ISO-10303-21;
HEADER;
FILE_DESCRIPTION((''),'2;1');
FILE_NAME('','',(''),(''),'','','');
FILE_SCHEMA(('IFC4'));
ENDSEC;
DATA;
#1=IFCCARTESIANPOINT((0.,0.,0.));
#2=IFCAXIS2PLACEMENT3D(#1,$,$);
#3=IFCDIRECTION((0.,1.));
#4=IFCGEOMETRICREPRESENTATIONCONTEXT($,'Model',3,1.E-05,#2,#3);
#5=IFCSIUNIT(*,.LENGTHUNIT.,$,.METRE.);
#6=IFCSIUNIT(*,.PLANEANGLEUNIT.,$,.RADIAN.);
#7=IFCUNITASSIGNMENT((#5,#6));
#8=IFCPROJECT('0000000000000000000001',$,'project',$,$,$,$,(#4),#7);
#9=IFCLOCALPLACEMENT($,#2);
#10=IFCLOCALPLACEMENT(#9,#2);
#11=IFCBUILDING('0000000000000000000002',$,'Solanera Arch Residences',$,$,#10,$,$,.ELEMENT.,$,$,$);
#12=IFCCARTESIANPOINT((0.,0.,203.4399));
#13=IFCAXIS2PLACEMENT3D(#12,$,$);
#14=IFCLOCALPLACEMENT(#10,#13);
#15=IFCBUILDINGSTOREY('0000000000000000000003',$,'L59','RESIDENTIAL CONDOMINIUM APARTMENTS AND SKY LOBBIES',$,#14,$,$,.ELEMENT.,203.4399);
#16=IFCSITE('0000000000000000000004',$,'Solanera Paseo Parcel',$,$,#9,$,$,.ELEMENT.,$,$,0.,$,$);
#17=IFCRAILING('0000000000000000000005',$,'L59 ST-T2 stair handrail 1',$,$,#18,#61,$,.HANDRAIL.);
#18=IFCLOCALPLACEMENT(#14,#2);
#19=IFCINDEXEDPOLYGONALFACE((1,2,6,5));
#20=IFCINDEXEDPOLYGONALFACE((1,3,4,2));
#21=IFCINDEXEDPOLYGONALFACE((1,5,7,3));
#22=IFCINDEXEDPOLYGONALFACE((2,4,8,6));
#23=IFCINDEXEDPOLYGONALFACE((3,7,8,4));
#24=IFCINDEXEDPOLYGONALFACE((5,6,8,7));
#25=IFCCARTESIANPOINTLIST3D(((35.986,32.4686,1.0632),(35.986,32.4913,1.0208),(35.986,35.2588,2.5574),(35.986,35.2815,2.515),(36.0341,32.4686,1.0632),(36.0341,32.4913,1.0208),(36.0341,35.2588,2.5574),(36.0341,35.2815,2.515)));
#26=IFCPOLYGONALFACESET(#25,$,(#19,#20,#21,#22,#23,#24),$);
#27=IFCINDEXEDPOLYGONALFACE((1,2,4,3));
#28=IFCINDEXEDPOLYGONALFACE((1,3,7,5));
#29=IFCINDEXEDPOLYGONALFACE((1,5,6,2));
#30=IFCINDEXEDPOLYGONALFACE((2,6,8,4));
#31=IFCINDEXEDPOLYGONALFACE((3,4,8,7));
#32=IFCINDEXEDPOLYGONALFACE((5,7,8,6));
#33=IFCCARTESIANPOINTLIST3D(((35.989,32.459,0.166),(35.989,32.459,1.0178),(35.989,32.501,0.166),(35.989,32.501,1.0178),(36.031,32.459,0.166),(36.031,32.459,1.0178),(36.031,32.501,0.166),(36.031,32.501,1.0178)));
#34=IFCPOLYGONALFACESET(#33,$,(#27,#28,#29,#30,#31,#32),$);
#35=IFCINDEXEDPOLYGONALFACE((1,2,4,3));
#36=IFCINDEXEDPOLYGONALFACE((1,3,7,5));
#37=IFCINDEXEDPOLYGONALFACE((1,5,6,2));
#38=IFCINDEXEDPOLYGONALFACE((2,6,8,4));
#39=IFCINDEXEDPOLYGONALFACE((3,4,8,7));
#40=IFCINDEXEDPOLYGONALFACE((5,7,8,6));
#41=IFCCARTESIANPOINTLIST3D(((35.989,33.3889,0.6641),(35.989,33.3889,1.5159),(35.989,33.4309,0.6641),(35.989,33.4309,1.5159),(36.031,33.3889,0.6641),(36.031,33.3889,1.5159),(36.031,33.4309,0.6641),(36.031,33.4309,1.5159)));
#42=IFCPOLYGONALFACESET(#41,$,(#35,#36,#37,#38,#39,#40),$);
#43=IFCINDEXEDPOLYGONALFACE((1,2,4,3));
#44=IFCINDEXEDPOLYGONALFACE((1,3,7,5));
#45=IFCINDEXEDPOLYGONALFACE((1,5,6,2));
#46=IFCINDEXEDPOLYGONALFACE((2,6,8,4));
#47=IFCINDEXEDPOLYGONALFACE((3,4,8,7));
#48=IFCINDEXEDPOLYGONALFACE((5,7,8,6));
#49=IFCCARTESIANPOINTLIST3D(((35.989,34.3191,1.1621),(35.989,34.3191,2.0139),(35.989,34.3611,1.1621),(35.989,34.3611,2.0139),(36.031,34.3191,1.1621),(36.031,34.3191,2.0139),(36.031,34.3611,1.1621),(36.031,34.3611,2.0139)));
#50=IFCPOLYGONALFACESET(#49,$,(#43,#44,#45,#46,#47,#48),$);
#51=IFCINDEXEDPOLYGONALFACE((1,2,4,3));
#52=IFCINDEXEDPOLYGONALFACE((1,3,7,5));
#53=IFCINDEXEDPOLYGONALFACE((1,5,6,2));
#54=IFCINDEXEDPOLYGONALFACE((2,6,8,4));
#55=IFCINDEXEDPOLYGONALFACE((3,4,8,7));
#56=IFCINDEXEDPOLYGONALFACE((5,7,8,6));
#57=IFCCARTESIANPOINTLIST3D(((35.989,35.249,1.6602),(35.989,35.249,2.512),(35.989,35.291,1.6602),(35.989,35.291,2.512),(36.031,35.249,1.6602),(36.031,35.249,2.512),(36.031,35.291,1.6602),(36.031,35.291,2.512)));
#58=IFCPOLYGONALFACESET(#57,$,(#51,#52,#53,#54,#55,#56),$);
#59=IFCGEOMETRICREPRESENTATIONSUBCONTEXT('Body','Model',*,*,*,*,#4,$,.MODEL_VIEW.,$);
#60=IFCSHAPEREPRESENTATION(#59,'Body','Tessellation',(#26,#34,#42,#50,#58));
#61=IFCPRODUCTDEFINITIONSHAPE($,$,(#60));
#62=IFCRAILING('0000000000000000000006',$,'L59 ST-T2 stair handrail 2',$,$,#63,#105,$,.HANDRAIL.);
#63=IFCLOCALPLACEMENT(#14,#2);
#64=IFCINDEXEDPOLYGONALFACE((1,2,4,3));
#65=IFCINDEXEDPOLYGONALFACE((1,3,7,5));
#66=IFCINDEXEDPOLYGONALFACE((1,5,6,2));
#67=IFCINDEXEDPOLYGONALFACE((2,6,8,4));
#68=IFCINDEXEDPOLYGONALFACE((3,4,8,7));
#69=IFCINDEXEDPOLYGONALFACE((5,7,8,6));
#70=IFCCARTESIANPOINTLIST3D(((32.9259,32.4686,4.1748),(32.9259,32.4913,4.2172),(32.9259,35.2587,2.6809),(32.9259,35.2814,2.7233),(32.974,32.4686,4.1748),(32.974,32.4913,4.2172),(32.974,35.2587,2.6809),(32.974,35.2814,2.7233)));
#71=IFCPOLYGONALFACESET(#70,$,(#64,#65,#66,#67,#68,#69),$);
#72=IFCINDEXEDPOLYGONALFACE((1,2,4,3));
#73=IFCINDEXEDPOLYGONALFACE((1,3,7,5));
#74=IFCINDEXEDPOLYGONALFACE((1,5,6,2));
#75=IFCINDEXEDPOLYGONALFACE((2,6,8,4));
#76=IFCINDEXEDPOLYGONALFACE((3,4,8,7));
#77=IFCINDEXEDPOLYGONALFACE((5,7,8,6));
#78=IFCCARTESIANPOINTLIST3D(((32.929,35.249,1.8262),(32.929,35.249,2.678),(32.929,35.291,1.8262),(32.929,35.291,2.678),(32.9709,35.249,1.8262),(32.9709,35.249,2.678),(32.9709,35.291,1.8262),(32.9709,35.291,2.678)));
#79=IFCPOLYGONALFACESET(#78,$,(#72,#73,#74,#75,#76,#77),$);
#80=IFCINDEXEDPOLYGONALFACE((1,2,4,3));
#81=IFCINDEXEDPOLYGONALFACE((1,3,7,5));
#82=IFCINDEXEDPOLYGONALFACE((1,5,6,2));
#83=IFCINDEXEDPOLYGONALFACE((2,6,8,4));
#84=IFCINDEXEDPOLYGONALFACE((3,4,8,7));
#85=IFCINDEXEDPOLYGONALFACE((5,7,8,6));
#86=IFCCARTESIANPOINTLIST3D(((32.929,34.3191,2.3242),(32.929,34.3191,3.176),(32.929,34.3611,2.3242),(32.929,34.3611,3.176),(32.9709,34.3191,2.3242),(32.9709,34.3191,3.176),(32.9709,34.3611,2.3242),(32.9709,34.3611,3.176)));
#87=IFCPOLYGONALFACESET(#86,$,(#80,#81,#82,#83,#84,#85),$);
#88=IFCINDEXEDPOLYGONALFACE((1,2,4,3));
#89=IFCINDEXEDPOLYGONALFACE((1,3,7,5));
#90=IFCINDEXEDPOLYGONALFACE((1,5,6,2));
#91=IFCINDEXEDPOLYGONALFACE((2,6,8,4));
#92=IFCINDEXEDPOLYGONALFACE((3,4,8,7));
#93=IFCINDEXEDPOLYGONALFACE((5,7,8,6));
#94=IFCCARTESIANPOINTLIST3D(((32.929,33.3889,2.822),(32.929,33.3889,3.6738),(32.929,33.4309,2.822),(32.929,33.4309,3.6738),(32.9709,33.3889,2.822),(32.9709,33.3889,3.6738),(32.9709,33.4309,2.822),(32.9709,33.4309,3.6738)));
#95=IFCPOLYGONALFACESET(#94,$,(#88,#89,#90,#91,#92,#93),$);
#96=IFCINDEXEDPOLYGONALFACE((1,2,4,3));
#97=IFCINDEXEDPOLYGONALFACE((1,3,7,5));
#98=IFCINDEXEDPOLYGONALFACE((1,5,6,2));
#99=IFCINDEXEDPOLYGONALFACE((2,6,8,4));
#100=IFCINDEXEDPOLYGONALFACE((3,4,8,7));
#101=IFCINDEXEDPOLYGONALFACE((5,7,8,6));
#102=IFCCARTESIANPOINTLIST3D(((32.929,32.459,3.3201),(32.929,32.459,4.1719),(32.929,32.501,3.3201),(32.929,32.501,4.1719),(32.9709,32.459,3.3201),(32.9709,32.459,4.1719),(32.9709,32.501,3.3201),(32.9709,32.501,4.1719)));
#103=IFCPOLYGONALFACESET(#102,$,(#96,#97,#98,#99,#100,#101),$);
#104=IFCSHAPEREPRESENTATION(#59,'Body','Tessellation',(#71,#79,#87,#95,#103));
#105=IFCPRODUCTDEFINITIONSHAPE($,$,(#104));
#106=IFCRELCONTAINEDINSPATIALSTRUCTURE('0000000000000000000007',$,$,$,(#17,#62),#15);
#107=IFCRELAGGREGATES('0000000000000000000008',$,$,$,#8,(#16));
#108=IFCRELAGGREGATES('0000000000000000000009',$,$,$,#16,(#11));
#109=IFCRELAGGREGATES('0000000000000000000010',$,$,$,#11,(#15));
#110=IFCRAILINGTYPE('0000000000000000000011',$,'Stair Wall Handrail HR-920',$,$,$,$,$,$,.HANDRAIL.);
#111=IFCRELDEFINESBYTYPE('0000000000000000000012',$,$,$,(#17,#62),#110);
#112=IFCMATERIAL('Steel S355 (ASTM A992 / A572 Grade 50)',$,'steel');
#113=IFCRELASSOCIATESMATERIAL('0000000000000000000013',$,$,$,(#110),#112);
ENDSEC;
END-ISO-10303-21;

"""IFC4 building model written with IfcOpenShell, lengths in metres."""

from ifc_helpers import new_model, si_unit, direction, frame, origin, origin_2d, place, context, subcontext, project, spatial, rectangle, extrude, material, type_object, element, save


model = new_model("IFC4")

# Units and contexts
model_context = context("Model", 3, precision=1e-05, world=origin(), true_north=direction((0.0, 1.0)))
body_context = subcontext(model_context, "Body", "Model", "MODEL_VIEW")
ifc_project = project(units=[si_unit("LENGTHUNIT", "METRE"), si_unit("PLANEANGLEUNIT", "RADIAN")], contexts=[model_context])

# Site, building, storey
site_placement = place(None, origin())
site = spatial("IfcSite", under=ifc_project, at=site_placement, Name="Solanera Paseo Parcel", CompositionType="ELEMENT", RefElevation=0.0)
building_placement = place(site_placement, origin())
building = spatial("IfcBuilding", under=site, at=building_placement, Name="Solanera Arch Residences", CompositionType="ELEMENT")
storey_placement = place(building_placement, frame((0.0, 0.0, 203.4399)))
storey = spatial("IfcBuildingStorey", under=building, at=storey_placement, Name="L59", Description="RESIDENTIAL CONDOMINIUM APARTMENTS AND SKY LOBBIES", CompositionType="ELEMENT", Elevation=203.4399)

# Railings
ifc_material_1 = material(Name="Steel S355 (ASTM A992 / A572 Grade 50)", Category="steel")
railing_type_1 = type_object("IfcRailingType", Name="Stair Wall Handrail HR-920", PredefinedType="HANDRAIL", material=ifc_material_1)
railing_1_placement = place(storey_placement, frame((36.01, 32.48, 0.166)))
element("IfcRailing", 1, at=railing_1_placement, inside=storey, type_object=railing_type_1, Name="L59 ST-T2 stair handrail 1", PredefinedType="HANDRAIL", context=body_context, shape_type="SweptSolid", body=[
    extrude(rectangle(XDim=0.0481, YDim=0.0481, at=origin_2d()), frame((0.0, 0.0, 0.876), z_axis=(0.0, 0.881549, 0.472093), x_axis=(-1.0, 0.0, 0.0)), (0.0, 0.0, 1.0), 3.165),
    extrude(rectangle(XDim=0.042, YDim=0.042, at=origin_2d()), origin(), (0.0, 0.0, 1.0), 0.8518),
    extrude(rectangle(XDim=0.042, YDim=0.042, at=origin_2d()), frame((0.0, 0.9299, 0.498)), (0.0, 0.0, 1.0), 0.8518),
    extrude(rectangle(XDim=0.042, YDim=0.042, at=origin_2d()), frame((0.0, 1.8601, 0.9961)), (0.0, 0.0, 1.0), 0.8518),
    extrude(rectangle(XDim=0.042, YDim=0.042, at=origin_2d()), frame((0.0, 2.79, 1.4941)), (0.0, 0.0, 1.0), 0.8518),
])
railing_2_placement = place(storey_placement, frame((32.95, 35.27, 1.8262)))
element("IfcRailing", 2, at=railing_2_placement, inside=storey, type_object=railing_type_1, Name="L59 ST-T2 stair handrail 2", PredefinedType="HANDRAIL", context=body_context, shape_type="SweptSolid", body=[
    extrude(rectangle(XDim=0.0481, YDim=0.0481, at=origin_2d()), frame((0.0, 0.0, 0.876), z_axis=(0.0, -0.881581, 0.472033), x_axis=(1.0, 0.0, 0.0)), (0.0, 0.0, 1.0), 3.1648),
    extrude(rectangle(XDim=0.042, YDim=0.042, at=origin_2d()), origin(), (0.0, 0.0, 1.0), 0.8518),
    extrude(rectangle(XDim=0.042, YDim=0.042, at=origin_2d()), frame((0.0, -0.9299, 0.498)), (0.0, 0.0, 1.0), 0.8518),
    extrude(rectangle(XDim=0.042, YDim=0.042, at=origin_2d()), frame((0.0, -1.8601, 0.9958)), (0.0, 0.0, 1.0), 0.8518),
    extrude(rectangle(XDim=0.042, YDim=0.042, at=origin_2d()), frame((0.0, -2.79, 1.4939)), (0.0, 0.0, 1.0), 0.8518),
])

save(model, "model.ifc")
